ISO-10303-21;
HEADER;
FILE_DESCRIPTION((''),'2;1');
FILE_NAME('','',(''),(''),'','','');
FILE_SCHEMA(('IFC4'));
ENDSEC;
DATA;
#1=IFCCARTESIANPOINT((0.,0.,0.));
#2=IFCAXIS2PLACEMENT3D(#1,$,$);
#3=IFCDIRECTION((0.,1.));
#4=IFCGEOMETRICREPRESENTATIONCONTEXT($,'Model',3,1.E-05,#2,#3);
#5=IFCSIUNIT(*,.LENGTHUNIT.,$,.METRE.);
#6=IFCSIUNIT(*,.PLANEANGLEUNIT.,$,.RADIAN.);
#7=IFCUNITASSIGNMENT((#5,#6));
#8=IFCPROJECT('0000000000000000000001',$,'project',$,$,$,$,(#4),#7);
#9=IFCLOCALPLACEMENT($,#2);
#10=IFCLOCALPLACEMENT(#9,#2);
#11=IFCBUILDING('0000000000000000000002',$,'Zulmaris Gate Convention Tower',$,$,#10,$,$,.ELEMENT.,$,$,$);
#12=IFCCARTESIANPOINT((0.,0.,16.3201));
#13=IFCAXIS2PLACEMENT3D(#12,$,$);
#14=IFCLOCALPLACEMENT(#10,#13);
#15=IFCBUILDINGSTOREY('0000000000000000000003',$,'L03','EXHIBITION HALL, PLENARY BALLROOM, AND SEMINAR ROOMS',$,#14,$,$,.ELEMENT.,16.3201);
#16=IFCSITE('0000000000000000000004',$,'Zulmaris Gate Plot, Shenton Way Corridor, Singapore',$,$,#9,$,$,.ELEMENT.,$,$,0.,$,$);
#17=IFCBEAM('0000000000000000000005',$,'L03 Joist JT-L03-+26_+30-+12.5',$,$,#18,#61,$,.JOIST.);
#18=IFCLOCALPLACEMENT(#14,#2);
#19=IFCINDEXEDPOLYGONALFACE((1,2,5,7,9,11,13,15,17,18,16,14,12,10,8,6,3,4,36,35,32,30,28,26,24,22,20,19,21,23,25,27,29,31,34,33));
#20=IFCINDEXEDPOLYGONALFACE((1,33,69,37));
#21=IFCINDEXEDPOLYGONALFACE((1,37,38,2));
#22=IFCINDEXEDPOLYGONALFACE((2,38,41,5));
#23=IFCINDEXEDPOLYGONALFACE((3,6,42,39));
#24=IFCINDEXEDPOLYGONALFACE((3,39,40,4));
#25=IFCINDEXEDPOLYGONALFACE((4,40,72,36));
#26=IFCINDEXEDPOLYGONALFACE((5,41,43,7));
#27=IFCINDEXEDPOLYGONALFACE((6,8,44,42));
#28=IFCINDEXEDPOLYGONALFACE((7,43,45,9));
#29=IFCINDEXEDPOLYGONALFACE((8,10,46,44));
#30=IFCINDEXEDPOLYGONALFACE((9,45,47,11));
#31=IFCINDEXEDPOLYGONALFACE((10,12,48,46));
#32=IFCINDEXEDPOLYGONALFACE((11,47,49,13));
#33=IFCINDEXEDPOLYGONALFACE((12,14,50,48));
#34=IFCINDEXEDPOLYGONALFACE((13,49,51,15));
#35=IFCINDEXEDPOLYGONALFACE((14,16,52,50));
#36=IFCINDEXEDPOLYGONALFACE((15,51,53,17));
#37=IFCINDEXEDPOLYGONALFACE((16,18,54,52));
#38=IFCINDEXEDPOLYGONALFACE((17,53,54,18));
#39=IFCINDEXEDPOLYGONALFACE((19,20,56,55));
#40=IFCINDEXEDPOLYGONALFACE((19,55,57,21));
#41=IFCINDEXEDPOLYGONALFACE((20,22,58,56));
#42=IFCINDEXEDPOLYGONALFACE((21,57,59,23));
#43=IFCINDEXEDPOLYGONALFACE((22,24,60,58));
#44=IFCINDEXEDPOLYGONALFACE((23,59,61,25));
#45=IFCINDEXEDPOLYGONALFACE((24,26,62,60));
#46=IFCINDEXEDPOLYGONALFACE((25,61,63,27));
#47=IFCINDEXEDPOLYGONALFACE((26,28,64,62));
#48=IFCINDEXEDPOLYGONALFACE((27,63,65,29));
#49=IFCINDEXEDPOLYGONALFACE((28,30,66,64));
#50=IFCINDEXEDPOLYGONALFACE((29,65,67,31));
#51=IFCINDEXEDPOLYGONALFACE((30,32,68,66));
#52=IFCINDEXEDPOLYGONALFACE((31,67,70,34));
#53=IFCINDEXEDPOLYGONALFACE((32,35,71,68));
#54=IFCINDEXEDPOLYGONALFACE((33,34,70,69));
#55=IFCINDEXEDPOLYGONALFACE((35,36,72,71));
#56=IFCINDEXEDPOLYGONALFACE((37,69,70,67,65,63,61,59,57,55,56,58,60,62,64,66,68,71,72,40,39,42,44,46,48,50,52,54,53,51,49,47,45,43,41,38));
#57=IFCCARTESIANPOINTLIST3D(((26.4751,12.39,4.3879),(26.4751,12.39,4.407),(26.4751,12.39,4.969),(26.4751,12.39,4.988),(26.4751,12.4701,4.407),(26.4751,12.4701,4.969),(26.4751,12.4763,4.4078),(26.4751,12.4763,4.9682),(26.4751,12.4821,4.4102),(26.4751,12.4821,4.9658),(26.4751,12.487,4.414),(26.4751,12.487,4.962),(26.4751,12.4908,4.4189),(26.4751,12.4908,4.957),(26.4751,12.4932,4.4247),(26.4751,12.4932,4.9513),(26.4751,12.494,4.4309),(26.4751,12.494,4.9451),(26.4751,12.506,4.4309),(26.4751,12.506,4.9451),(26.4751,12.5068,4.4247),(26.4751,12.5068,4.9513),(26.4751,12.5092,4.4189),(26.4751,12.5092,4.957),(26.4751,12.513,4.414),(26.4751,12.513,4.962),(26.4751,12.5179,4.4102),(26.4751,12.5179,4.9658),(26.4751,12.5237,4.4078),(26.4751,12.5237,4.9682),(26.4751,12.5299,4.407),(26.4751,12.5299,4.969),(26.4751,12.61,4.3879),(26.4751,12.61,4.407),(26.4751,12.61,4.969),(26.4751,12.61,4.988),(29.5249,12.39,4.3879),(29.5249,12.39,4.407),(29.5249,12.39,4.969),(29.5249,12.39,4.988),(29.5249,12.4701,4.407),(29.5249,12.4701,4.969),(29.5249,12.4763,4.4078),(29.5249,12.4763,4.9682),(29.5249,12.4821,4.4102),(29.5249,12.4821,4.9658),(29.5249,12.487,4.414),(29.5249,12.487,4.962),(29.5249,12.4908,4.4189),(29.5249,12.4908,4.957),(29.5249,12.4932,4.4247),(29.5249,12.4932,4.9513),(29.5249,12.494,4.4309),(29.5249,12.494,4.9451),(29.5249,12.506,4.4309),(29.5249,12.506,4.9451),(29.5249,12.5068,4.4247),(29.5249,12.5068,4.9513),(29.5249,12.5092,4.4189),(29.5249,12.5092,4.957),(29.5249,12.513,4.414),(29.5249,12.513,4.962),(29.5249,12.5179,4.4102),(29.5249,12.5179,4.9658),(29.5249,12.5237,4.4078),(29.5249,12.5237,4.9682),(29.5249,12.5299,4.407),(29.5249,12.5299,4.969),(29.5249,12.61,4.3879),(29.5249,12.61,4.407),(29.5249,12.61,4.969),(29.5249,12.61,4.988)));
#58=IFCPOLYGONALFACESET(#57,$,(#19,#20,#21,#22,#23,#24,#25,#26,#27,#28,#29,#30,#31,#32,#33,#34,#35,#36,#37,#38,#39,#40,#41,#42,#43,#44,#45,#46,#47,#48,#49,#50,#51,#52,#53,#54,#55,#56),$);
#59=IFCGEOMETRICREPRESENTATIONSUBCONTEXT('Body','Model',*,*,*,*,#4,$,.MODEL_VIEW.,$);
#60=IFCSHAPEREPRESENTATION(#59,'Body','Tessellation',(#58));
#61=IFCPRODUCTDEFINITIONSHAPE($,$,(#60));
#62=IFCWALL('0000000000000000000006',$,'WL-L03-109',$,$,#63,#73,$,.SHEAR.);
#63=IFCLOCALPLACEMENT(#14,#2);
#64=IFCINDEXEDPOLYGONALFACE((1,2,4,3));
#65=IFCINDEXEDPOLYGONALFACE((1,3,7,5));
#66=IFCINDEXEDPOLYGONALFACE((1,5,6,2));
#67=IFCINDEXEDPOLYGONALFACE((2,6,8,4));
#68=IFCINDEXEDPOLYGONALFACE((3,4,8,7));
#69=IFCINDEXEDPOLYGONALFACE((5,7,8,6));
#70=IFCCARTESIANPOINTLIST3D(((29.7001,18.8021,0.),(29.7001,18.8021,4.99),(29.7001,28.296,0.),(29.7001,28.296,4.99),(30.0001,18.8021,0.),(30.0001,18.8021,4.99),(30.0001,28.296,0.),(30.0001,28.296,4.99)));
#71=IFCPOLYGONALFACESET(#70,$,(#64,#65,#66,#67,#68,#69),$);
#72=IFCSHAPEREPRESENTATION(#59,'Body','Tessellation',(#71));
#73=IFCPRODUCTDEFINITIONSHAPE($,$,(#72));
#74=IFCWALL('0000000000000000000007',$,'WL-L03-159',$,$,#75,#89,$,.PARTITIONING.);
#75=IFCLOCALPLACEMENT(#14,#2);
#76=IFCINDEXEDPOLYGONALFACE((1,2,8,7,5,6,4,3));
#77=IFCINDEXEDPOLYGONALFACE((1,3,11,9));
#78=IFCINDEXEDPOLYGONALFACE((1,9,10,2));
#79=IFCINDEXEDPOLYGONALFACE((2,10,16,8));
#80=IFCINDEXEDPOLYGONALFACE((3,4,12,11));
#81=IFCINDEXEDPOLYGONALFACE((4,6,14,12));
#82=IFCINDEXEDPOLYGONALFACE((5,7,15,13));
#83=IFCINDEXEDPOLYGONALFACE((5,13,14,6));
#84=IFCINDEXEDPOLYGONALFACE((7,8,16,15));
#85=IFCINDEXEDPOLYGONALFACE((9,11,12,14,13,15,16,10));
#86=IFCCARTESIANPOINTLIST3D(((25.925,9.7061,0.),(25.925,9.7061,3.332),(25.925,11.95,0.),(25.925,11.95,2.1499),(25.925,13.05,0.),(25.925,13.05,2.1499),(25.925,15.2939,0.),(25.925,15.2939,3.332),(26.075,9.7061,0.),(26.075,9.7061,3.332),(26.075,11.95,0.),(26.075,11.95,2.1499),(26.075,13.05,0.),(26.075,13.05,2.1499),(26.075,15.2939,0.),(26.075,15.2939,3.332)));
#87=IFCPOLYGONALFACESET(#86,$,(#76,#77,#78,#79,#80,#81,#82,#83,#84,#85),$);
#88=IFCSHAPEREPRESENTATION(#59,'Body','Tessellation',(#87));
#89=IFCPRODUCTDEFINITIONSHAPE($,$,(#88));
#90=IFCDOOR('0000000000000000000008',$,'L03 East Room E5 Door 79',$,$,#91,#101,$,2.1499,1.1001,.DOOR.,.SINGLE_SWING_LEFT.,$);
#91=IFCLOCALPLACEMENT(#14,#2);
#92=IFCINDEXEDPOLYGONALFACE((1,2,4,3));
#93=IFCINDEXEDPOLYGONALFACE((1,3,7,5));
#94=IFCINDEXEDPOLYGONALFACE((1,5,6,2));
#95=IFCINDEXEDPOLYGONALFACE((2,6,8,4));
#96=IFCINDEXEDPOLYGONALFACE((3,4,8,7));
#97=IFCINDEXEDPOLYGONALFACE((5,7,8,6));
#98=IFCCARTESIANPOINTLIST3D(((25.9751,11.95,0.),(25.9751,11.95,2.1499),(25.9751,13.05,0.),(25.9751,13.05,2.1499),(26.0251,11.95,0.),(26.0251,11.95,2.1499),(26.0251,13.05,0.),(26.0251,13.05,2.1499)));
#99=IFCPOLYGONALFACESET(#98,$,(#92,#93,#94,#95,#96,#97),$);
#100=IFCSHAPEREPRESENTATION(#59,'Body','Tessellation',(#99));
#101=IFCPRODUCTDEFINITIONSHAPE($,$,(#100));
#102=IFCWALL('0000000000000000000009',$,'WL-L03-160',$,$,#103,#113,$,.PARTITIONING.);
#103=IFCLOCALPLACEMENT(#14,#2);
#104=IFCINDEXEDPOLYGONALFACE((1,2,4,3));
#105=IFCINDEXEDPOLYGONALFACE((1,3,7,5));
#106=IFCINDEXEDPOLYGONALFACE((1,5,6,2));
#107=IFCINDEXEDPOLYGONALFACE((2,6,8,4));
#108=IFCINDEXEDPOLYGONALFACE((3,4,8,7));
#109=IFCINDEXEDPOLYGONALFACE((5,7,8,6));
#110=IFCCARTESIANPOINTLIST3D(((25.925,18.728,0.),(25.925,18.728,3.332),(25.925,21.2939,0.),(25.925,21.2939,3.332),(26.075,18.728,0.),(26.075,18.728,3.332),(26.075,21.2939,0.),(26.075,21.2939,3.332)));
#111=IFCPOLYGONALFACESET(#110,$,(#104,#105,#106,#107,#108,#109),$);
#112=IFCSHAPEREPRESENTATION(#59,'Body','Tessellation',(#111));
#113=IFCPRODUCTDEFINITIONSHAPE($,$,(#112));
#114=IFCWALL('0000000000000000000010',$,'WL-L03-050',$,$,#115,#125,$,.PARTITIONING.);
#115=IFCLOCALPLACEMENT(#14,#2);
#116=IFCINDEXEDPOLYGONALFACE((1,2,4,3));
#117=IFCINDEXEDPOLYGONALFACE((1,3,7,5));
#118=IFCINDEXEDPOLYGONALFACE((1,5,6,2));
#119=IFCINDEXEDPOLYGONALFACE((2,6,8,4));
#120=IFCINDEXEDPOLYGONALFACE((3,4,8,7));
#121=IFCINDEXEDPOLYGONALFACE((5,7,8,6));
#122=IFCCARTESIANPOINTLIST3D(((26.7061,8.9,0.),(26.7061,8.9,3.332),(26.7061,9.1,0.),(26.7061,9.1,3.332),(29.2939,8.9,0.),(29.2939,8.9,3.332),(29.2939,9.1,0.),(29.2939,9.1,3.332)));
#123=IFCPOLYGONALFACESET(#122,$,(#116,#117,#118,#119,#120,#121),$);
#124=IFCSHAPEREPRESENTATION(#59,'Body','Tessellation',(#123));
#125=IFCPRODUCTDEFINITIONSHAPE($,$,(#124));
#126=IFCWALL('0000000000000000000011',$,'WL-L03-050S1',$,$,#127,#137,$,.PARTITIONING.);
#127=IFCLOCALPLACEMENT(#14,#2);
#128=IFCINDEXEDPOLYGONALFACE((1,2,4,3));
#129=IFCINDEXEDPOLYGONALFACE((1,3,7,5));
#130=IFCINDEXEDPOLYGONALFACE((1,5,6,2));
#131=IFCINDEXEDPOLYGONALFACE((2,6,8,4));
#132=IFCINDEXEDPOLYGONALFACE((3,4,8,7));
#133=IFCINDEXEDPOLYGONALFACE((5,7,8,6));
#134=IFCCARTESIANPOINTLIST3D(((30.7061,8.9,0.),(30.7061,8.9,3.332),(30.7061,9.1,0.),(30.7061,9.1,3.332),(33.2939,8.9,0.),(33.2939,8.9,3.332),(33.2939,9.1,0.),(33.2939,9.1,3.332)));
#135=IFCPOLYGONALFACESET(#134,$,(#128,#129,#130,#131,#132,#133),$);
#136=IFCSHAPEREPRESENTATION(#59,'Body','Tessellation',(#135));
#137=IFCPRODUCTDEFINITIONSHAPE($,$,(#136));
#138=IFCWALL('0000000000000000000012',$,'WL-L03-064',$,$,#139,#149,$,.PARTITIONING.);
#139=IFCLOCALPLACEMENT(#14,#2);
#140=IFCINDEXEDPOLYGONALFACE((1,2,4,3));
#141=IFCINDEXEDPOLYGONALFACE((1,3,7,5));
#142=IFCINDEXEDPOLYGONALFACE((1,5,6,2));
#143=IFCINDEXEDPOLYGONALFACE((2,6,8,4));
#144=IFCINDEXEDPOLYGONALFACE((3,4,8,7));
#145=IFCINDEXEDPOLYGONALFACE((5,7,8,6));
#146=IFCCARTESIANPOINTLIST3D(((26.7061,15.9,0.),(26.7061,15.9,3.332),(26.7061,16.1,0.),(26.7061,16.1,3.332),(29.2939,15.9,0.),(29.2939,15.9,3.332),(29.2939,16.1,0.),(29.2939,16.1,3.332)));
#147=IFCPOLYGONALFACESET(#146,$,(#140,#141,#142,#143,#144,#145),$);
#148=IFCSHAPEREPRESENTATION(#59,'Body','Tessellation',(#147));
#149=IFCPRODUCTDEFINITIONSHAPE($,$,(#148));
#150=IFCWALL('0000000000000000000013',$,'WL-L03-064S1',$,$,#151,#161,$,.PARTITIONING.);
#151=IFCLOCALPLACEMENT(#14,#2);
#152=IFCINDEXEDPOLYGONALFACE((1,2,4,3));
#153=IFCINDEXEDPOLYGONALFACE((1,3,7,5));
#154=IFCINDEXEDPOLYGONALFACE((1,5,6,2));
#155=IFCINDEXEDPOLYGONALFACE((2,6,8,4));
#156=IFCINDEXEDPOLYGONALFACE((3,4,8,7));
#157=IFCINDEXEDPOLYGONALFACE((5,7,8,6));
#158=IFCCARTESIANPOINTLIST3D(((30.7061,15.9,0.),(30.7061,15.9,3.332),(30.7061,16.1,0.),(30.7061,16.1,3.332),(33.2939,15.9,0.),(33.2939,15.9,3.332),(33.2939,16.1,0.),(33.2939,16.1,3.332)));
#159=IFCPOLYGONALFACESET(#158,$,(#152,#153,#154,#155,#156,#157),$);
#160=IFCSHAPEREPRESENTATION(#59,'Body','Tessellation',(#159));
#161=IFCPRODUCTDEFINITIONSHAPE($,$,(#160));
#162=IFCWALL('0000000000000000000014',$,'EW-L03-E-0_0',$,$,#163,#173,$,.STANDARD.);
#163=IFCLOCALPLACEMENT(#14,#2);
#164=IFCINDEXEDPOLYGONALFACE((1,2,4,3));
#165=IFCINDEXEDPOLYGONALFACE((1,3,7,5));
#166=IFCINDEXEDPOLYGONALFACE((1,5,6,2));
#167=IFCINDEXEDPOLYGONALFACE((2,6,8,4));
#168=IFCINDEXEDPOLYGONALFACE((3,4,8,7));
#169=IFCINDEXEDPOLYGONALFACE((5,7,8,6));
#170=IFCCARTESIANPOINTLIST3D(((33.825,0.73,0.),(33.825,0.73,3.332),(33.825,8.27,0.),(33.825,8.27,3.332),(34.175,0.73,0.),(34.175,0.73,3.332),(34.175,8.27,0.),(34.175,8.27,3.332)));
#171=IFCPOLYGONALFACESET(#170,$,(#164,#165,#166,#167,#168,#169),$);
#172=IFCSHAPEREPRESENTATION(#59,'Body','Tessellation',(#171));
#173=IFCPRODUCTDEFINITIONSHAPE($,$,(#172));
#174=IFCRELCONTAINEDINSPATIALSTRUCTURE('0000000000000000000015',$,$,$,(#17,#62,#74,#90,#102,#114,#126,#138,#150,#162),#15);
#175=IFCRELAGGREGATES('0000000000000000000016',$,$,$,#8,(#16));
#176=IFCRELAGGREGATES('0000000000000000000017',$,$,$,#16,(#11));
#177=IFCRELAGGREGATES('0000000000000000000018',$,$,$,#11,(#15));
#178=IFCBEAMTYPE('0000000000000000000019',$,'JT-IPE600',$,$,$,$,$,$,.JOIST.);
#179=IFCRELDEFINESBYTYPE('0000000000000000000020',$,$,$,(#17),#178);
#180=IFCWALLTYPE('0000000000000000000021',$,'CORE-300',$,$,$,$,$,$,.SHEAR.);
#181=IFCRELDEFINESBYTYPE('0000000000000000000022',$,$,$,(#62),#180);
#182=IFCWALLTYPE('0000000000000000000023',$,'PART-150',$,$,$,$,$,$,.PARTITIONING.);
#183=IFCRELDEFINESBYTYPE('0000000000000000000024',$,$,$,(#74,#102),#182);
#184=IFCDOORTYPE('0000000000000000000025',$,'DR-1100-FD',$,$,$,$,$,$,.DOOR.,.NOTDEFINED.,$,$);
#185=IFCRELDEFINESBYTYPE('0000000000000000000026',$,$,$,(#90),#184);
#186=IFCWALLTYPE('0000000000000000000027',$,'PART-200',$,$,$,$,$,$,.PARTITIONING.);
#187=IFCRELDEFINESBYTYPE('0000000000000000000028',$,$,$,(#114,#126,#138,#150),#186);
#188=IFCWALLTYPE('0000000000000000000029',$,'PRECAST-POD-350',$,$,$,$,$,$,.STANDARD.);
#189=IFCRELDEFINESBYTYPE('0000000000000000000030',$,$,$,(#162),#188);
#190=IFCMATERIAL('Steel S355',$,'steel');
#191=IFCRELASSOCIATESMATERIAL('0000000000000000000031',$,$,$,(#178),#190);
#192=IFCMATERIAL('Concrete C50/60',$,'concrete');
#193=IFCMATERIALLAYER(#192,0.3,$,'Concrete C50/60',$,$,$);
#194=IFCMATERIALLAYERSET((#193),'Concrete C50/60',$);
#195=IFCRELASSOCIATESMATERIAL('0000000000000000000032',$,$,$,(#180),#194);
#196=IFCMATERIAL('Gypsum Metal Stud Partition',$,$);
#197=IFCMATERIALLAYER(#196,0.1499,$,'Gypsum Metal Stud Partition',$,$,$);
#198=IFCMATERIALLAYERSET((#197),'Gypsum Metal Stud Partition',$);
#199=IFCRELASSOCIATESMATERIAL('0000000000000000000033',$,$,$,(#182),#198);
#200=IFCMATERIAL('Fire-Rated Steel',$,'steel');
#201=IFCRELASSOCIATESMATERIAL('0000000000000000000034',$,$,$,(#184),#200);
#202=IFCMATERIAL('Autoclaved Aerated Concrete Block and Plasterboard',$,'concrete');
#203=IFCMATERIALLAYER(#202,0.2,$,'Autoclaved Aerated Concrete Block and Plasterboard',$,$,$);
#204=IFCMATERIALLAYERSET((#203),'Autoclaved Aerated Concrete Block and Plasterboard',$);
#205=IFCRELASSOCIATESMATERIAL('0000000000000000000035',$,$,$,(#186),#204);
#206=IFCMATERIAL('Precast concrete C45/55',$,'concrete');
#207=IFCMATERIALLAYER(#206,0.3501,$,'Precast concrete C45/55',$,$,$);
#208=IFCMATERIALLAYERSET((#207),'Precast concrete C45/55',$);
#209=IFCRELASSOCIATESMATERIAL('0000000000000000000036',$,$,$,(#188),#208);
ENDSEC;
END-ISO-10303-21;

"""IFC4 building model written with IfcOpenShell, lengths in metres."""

from ifc_helpers import new_model, si_unit, direction, frame, frame_2d, origin, origin_2d, place, context, subcontext, project, spatial, rectangle, i_section, extrude, material, layer, layer_set, material_profile, profile_set, type_object, element, fill, save


model = new_model("IFC4")

# Units and contexts
model_context = context("Model", 3, precision=1e-05, world=origin(), true_north=direction((0.0, 1.0)))
body_context = subcontext(model_context, "Body", "Model", "MODEL_VIEW")
ifc_project = project(units=[si_unit("LENGTHUNIT", "METRE"), si_unit("PLANEANGLEUNIT", "RADIAN")], contexts=[model_context])

# Site, building, storey
site_placement = place(None, origin())
site = spatial("IfcSite", under=ifc_project, at=site_placement, Name="Zulmaris Gate Plot, Shenton Way Corridor, Singapore", CompositionType="ELEMENT", RefElevation=0.0)
building_placement = place(site_placement, origin())
building = spatial("IfcBuilding", under=site, at=building_placement, Name="Zulmaris Gate Convention Tower", CompositionType="ELEMENT")
storey_placement = place(building_placement, frame((0.0, 0.0, 16.3201)))
storey = spatial("IfcBuildingStorey", under=building, at=storey_placement, Name="L03", Description="EXHIBITION HALL, PLENARY BALLROOM, AND SEMINAR ROOMS", CompositionType="ELEMENT", Elevation=16.3201)

# Beam
ifc_material_1 = material(Name="Steel S355", Category="steel")
ifc_material_profile_1 = material_profile(ifc_material_1, i_section(OverallWidth=0.22, OverallDepth=0.6001, WebThickness=0.012, FlangeThickness=0.019, FilletRadius=0.0239, at=origin_2d()), Name="IPE 600")
ifc_profile_set_1 = profile_set([ifc_material_profile_1], Name="Steel S355")
beam_type_1 = type_object("IfcBeamType", Name="JT-IPE600", PredefinedType="JOIST", material=ifc_profile_set_1)
for number, where, z_axis, x_axis, name in (
    (1, (26.4751, 12.5, 4.688), (1.0, 0.0, 0.0), (0.0, 1.0, 0.0), "L03 Joist JT-L03-+26_+30-+12.5"),
):
    element("IfcBeam", number, at=place(storey_placement, frame(where, z_axis=z_axis, x_axis=x_axis)), inside=storey, type_object=beam_type_1, Name=name, PredefinedType="JOIST", context=body_context, shape_type="SweptSolid", body=[
        extrude(i_section(OverallWidth=0.22, OverallDepth=0.6001, WebThickness=0.012, FlangeThickness=0.019, FilletRadius=0.0239, at=origin_2d()), origin(), (0.0, 0.0, 1.0), 3.0498),
    ])

# Shared definitions
ifc_material_2 = material(Name="Concrete C50/60", Category="concrete")
ifc_layer_1 = layer(ifc_material_2, 0.3, Name="Concrete C50/60")
ifc_layer_set_1 = layer_set([ifc_layer_1], Name="Concrete C50/60")
wall_type_1 = type_object("IfcWallType", Name="CORE-300", PredefinedType="SHEAR", material=ifc_layer_set_1)
ifc_material_3 = material(Name="Fire-Rated Steel", Category="steel")

# Wall
wall_1_placement = place(storey_placement, frame((29.8501, 18.802, 0.0), z_axis=(0.0, 0.0, 1.0), x_axis=(0.0, 1.0, 0.0)))
element("IfcWall", 2, at=wall_1_placement, inside=storey, type_object=wall_type_1, Name="WL-L03-109", PredefinedType="SHEAR", context=body_context, shape_type="SweptSolid", body=[
    extrude(rectangle(XDim=9.4939, YDim=0.3, at=frame_2d((4.7471, 0.0))), origin(), (0.0, 0.0, 1.0), 4.99),
])

# Wall, opening, door
ifc_material_4 = material(Name="Gypsum Metal Stud Partition")
ifc_layer_2 = layer(ifc_material_4, 0.1499, Name="Gypsum Metal Stud Partition")
ifc_layer_set_2 = layer_set([ifc_layer_2], Name="Gypsum Metal Stud Partition")
wall_type_2 = type_object("IfcWallType", Name="PART-150", PredefinedType="PARTITIONING", material=ifc_layer_set_2)
wall_2_placement = place(storey_placement, frame((26.0, 9.7061, 0.0), z_axis=(0.0, 0.0, 1.0), x_axis=(0.0, 1.0, 0.0)))
wall_2 = element("IfcWall", 3, at=wall_2_placement, inside=storey, type_object=wall_type_2, Name="WL-L03-159", PredefinedType="PARTITIONING", context=body_context, shape_type="SweptSolid", body=[
    extrude(rectangle(XDim=5.5879, YDim=0.1499, at=frame_2d((2.7939, 0.0))), origin(), (0.0, 0.0, 1.0), 3.332),
])
opening_1_placement = place(wall_2_placement, frame((2.2439, 0.0, 0.0)))
opening_1 = element("IfcOpeningElement", 4, at=opening_1_placement, cuts=wall_2, PredefinedType="OPENING", context=body_context, shape_type="SweptSolid", body=[
    extrude(rectangle(XDim=1.1001, YDim=2.1499, at=frame_2d((0.55, 1.075))), frame((0.0, 0.085, 0.0), z_axis=(0.0, -1.0, 0.0), x_axis=(1.0, 0.0, 0.0)), (0.0, 0.0, 1.0), 0.1699),
])
door_type_1 = type_object("IfcDoorType", Name="DR-1100-FD", OperationType="NOTDEFINED", PredefinedType="DOOR", material=ifc_material_3)
door_1_placement = place(opening_1_placement, origin())
door_1 = element("IfcDoor", 5, at=door_1_placement, inside=storey, type_object=door_type_1, Name="L03 East Room E5 Door 79", OperationType="SINGLE_SWING_LEFT", OverallHeight=2.1499, OverallWidth=1.1001, PredefinedType="DOOR", context=body_context, shape_type="SweptSolid", body=[
    extrude(rectangle(XDim=1.1001, YDim=2.1499, at=frame_2d((0.55, 1.075))), frame((0.0, 0.0249, 0.0), z_axis=(0.0, -1.0, 0.0), x_axis=(1.0, 0.0, 0.0)), (0.0, 0.0, 1.0), 0.05),
])
fill(opening_1, door_1)

# Walls
wall_3_placement = place(storey_placement, frame((26.0, 18.728, 0.0), z_axis=(0.0, 0.0, 1.0), x_axis=(0.0, 1.0, 0.0)))
element("IfcWall", 6, at=wall_3_placement, inside=storey, type_object=wall_type_2, Name="WL-L03-160", PredefinedType="PARTITIONING", context=body_context, shape_type="SweptSolid", body=[
    extrude(rectangle(XDim=2.5659, YDim=0.1499, at=frame_2d((1.283, 0.0))), origin(), (0.0, 0.0, 1.0), 3.332),
])
ifc_material_5 = material(Name="Autoclaved Aerated Concrete Block and Plasterboard", Category="concrete")
ifc_layer_3 = layer(ifc_material_5, 0.2, Name="Autoclaved Aerated Concrete Block and Plasterboard")
ifc_layer_set_3 = layer_set([ifc_layer_3], Name="Autoclaved Aerated Concrete Block and Plasterboard")
wall_type_3 = type_object("IfcWallType", Name="PART-200", PredefinedType="PARTITIONING", material=ifc_layer_set_3)
for number, where, z_axis, x_axis, name in (
    (7, (26.7061, 9.0, 0.0), (0.0, 0.0, 1.0), (1.0, 0.0, 0.0), "WL-L03-050"),
    (8, (30.7061, 9.0, 0.0), (0.0, 0.0, 1.0), (1.0, 0.0, 0.0), "WL-L03-050S1"),
    (9, (26.7061, 16.0, 0.0), (0.0, 0.0, 1.0), (1.0, 0.0, 0.0), "WL-L03-064"),
    (10, (30.7061, 16.0, 0.0), (0.0, 0.0, 1.0), (1.0, 0.0, 0.0), "WL-L03-064S1"),
):
    element("IfcWall", number, at=place(storey_placement, frame(where, z_axis=z_axis, x_axis=x_axis)), inside=storey, type_object=wall_type_3, Name=name, PredefinedType="PARTITIONING", context=body_context, shape_type="SweptSolid", body=[
        extrude(rectangle(XDim=2.5879, YDim=0.2, at=frame_2d((1.2939, 0.0))), origin(), (0.0, 0.0, 1.0), 3.332),
    ])
ifc_material_6 = material(Name="Precast concrete C45/55", Category="concrete")
ifc_layer_4 = layer(ifc_material_6, 0.3501, Name="Precast concrete C45/55")
ifc_layer_set_4 = layer_set([ifc_layer_4], Name="Precast concrete C45/55")
wall_type_4 = type_object("IfcWallType", Name="PRECAST-POD-350", PredefinedType="STANDARD", material=ifc_layer_set_4)
wall_4_placement = place(storey_placement, frame((34.0, 8.27, 0.0), z_axis=(0.0, 0.0, 1.0), x_axis=(0.0, -1.0, 0.0)))
element("IfcWall", 11, at=wall_4_placement, inside=storey, type_object=wall_type_4, Name="EW-L03-E-0_0", PredefinedType="STANDARD", context=body_context, shape_type="SweptSolid", body=[
    extrude(rectangle(XDim=7.54, YDim=0.3501, at=frame_2d((3.77, 0.0))), origin(), (0.0, 0.0, 1.0), 3.332),
])

save(model, "model.ifc")
